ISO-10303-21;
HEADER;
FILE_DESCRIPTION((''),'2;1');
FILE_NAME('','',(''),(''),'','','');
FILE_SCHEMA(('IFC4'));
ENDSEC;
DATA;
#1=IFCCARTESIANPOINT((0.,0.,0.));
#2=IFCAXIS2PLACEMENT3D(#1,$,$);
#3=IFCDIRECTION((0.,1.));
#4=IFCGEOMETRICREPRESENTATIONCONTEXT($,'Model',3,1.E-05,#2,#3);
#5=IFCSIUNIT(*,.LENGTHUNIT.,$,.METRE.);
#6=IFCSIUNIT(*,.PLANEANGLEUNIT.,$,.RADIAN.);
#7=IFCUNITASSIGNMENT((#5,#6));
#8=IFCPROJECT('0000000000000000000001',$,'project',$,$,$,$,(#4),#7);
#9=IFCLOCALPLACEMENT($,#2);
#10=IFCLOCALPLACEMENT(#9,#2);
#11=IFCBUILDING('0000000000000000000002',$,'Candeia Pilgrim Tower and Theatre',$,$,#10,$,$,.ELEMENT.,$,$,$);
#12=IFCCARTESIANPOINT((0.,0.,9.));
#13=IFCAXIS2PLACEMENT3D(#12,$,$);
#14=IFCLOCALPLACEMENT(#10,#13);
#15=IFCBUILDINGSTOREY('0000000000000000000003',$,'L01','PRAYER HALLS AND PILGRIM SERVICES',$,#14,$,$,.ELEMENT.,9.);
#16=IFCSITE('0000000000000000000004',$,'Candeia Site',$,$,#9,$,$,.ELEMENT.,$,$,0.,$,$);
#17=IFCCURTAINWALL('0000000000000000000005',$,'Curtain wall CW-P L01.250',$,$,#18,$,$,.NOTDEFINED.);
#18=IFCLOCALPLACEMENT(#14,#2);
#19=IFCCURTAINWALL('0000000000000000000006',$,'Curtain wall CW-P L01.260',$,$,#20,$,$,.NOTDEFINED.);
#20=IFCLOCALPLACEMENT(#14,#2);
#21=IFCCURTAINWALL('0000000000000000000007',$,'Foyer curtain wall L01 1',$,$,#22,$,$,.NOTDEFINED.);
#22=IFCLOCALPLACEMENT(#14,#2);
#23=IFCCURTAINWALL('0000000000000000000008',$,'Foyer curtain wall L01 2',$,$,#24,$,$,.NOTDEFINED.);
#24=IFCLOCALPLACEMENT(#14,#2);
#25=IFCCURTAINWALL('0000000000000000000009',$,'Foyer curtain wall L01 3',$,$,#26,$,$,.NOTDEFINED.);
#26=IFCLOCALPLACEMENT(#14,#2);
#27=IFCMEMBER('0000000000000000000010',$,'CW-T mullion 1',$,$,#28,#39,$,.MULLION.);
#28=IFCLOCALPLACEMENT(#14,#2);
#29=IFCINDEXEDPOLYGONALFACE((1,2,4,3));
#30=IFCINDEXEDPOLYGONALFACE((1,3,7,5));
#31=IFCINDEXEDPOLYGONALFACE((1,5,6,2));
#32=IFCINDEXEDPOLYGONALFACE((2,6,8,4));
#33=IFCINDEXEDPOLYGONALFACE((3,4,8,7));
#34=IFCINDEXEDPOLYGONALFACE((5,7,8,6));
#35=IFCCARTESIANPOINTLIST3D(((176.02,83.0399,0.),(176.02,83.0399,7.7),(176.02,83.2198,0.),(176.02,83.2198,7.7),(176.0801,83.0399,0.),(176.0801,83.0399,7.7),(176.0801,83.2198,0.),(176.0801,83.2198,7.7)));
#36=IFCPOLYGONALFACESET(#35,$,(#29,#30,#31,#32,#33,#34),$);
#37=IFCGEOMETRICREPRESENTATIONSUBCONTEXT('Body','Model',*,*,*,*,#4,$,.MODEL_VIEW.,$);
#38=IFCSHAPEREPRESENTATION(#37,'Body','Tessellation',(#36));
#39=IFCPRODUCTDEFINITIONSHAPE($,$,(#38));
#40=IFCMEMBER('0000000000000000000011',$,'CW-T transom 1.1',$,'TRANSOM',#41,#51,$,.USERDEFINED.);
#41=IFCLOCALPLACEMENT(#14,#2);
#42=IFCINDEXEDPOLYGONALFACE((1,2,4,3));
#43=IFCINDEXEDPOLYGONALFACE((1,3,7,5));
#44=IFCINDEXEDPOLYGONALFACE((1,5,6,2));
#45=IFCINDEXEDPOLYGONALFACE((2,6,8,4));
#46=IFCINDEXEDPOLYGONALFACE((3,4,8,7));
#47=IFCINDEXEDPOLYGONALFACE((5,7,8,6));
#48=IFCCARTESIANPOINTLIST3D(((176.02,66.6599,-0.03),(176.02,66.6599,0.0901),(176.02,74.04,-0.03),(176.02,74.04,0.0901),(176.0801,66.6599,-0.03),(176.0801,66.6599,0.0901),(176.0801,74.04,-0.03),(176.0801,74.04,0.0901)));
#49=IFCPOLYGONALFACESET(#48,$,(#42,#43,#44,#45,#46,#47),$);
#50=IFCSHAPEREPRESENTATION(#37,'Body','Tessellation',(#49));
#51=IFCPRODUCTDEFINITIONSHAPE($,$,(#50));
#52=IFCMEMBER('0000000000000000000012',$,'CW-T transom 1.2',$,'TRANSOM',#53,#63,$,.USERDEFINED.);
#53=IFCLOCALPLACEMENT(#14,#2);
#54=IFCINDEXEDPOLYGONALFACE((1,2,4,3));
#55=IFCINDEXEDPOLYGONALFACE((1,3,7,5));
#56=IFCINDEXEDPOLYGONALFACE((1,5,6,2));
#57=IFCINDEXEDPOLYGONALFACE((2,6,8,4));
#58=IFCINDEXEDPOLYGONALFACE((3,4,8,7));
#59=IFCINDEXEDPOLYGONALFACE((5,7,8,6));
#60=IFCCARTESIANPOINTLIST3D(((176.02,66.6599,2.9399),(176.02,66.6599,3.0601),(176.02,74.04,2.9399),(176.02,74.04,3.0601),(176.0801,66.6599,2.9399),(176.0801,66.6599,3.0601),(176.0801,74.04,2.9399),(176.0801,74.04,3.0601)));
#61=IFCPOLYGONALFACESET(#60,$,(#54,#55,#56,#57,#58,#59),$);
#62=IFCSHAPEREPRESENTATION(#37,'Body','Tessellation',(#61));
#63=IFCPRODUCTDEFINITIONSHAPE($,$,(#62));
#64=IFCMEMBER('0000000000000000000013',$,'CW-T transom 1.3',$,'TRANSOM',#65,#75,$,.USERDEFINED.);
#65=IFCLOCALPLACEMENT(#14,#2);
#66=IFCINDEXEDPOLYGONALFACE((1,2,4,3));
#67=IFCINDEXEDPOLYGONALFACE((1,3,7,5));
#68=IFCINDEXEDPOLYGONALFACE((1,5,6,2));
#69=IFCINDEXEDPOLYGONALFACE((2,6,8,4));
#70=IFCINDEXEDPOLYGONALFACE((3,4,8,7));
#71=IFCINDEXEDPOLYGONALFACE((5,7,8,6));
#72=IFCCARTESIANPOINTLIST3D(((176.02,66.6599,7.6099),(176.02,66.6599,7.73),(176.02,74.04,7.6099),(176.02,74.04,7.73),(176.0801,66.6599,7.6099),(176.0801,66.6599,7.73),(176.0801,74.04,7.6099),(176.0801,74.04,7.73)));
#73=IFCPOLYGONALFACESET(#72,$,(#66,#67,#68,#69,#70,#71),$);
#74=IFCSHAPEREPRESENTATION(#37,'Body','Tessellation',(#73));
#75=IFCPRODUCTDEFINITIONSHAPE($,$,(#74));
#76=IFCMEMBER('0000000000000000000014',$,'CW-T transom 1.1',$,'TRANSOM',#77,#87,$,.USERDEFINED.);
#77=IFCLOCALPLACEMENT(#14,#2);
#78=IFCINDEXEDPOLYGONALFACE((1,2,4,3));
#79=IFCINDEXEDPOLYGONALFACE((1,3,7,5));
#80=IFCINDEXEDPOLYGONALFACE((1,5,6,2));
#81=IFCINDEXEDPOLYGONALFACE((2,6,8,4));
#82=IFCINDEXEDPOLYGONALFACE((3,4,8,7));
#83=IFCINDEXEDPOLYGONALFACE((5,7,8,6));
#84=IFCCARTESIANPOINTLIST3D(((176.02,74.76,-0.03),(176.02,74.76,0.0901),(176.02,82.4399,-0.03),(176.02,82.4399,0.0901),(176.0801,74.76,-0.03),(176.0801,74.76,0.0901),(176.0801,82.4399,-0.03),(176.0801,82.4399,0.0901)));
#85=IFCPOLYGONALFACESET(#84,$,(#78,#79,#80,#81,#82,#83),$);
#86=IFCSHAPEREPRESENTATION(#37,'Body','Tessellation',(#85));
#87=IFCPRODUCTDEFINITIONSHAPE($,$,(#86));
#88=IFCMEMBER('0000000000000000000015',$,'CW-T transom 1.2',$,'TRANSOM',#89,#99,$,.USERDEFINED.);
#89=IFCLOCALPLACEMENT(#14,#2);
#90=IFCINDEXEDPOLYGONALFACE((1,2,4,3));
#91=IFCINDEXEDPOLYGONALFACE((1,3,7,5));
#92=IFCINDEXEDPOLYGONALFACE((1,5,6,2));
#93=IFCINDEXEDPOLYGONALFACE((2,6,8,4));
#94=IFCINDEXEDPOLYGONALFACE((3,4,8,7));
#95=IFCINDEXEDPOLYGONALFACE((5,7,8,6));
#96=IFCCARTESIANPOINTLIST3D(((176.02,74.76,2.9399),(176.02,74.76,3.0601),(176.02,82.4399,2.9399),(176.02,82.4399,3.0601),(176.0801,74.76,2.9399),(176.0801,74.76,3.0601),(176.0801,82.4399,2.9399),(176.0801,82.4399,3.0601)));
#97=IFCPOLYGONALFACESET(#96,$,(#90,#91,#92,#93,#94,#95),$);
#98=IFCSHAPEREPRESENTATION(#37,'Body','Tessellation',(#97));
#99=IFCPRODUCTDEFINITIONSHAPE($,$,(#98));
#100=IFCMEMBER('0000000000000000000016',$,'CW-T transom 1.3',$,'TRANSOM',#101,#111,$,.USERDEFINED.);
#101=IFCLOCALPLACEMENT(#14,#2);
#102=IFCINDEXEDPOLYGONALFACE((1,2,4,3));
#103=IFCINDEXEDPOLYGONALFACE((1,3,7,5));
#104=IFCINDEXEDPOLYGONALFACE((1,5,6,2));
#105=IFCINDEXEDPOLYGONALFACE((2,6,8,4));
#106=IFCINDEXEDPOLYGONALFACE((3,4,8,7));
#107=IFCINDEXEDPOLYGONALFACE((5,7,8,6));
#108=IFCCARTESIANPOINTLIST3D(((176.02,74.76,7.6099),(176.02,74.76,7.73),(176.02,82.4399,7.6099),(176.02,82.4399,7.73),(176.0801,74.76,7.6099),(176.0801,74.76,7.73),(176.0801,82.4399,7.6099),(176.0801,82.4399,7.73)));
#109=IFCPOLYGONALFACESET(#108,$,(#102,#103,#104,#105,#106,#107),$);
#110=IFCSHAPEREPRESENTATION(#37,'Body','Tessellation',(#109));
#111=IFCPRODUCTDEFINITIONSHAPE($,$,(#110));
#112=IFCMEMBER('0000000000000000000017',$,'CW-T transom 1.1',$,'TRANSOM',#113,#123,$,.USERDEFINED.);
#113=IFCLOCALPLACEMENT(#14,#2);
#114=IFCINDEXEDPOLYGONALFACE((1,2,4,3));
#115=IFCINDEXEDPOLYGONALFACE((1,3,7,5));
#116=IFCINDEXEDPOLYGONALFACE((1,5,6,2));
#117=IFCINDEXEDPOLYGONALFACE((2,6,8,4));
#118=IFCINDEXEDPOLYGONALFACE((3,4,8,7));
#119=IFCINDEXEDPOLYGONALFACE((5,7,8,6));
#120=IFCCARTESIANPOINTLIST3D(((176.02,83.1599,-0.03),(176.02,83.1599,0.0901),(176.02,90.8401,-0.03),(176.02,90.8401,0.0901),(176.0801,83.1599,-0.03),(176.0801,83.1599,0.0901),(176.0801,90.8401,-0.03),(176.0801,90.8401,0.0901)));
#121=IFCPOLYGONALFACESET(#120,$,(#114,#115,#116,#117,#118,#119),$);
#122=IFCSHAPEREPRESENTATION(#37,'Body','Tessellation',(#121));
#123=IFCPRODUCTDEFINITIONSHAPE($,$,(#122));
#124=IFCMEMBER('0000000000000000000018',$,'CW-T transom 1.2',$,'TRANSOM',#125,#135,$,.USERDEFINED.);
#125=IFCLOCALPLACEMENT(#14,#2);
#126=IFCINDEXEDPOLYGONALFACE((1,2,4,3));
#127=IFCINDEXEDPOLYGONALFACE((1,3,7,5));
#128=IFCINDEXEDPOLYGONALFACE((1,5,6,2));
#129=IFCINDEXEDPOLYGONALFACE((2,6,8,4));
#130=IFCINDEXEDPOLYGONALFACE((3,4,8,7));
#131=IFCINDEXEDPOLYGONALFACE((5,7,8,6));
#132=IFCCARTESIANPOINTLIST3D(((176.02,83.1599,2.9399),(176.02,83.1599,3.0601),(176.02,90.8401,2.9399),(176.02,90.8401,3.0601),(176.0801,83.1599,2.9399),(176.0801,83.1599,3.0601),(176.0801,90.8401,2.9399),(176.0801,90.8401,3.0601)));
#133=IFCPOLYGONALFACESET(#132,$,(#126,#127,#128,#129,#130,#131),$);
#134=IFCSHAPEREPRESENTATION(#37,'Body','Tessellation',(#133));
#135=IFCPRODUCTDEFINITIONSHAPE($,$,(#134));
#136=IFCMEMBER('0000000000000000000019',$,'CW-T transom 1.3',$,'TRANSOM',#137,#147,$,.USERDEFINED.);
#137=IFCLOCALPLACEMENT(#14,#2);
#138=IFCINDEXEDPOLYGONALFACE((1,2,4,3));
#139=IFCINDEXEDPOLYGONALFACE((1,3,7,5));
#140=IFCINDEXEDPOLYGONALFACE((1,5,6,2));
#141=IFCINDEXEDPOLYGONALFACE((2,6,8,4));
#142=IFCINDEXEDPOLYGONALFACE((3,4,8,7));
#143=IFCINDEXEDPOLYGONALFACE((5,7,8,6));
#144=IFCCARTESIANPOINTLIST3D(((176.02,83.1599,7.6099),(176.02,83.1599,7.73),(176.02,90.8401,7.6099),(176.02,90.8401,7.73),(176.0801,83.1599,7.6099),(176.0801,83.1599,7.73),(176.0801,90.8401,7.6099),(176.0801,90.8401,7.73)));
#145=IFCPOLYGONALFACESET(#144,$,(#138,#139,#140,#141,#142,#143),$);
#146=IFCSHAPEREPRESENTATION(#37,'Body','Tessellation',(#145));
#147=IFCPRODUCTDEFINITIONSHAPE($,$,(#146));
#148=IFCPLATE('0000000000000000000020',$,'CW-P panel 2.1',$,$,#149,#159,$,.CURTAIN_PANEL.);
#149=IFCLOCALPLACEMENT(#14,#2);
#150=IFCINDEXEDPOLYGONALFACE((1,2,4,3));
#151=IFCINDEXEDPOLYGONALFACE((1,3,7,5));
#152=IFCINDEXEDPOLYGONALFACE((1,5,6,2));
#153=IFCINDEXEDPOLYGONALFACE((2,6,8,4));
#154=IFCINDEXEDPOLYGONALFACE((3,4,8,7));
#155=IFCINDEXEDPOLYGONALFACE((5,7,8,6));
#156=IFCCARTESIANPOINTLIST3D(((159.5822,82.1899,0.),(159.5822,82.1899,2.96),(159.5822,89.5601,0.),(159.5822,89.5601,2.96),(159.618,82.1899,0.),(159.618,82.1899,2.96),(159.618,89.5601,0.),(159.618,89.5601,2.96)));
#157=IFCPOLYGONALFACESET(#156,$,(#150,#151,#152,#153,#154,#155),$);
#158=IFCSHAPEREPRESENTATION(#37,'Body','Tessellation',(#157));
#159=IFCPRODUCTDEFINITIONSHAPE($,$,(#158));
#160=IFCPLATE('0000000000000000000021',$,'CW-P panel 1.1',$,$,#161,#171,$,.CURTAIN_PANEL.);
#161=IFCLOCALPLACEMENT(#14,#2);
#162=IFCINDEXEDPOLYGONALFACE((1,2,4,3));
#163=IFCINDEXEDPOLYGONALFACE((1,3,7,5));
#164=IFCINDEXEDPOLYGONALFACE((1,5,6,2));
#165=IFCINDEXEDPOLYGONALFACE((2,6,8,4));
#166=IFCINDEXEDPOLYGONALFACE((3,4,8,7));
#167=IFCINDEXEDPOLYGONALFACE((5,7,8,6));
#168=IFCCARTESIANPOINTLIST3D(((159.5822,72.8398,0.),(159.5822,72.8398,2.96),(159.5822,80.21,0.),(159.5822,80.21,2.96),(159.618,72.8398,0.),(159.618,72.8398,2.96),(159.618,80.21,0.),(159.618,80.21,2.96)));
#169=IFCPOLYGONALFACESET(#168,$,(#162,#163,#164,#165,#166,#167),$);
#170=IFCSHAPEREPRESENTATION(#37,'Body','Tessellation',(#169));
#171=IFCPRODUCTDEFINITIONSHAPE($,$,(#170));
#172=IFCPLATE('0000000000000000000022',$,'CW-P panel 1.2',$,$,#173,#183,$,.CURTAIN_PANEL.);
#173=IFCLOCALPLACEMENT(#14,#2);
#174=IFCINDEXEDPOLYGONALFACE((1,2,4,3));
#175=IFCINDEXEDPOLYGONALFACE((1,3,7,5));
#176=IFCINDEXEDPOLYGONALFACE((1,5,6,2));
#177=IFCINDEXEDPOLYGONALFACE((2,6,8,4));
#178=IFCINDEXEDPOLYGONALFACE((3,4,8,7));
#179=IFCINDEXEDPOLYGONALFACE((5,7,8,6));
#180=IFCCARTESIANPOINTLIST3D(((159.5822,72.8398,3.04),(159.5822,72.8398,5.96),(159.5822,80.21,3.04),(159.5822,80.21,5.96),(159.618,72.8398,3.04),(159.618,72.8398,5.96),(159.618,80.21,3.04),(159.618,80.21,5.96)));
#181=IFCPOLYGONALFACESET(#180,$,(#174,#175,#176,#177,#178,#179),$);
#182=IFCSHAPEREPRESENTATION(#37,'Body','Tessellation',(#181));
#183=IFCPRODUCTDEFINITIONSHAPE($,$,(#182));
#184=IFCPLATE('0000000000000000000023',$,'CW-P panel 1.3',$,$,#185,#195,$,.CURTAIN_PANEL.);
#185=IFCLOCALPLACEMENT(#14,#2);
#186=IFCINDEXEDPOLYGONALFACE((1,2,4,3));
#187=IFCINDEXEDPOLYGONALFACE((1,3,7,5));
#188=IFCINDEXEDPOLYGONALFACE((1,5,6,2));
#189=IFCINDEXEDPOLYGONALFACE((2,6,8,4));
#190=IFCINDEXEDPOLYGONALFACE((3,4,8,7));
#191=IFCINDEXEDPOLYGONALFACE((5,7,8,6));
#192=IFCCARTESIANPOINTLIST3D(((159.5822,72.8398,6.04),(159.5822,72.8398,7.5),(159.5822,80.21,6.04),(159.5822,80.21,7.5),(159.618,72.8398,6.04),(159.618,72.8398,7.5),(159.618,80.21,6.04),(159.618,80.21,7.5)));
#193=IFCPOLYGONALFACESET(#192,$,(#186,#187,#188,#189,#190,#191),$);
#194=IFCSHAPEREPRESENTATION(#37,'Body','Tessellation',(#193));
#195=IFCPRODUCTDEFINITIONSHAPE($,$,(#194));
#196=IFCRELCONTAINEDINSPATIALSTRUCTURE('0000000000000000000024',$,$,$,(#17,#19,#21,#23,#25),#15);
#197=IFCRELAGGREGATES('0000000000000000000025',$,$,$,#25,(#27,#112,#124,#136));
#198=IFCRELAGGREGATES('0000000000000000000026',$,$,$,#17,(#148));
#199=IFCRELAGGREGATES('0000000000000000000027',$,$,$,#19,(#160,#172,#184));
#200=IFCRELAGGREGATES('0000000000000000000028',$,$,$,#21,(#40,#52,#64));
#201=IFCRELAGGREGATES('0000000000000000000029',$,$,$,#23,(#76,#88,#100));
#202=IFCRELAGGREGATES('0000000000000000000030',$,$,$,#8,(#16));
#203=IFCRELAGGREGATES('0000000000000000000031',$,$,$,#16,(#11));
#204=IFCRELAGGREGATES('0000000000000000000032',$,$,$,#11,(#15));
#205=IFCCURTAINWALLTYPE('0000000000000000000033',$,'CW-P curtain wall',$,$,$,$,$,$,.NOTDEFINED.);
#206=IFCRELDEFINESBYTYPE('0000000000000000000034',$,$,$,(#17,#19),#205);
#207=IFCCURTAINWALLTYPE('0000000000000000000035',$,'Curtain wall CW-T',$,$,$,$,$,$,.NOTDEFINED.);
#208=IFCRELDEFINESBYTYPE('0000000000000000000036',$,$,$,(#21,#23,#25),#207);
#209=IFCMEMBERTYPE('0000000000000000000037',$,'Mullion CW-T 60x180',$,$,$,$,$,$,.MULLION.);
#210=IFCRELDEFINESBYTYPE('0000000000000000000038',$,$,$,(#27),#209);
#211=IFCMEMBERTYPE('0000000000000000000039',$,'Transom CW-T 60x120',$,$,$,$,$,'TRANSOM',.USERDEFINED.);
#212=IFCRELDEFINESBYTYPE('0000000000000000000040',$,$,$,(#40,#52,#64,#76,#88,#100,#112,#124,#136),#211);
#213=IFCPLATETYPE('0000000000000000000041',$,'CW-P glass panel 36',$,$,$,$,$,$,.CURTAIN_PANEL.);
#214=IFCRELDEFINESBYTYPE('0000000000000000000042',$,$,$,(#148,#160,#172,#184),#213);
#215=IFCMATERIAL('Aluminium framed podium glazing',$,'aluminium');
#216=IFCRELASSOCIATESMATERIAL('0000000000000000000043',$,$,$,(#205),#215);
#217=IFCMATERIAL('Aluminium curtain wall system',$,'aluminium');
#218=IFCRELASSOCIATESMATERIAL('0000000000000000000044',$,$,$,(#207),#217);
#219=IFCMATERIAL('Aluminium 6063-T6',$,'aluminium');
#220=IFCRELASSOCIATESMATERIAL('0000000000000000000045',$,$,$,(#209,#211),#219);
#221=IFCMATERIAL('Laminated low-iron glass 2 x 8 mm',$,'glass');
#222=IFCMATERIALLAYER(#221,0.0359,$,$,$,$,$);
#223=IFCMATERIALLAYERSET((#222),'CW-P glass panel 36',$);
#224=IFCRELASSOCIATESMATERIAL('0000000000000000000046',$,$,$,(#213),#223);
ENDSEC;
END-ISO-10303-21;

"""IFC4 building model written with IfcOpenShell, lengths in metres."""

from ifc_helpers import new_model, si_unit, direction, frame, origin, origin_2d, place, context, subcontext, project, spatial, rectangle, extrude, material, layer, layer_set, material_profile, profile_set, type_object, element, aggregate, save


model = new_model("IFC4")

# Units and contexts
model_context = context("Model", 3, precision=1e-05, world=origin(), true_north=direction((0.0, 1.0)))
body_context = subcontext(model_context, "Body", "Model", "MODEL_VIEW")
ifc_project = project(units=[si_unit("LENGTHUNIT", "METRE"), si_unit("PLANEANGLEUNIT", "RADIAN")], contexts=[model_context])

# Site, building, storey
site_placement = place(None, origin())
site = spatial("IfcSite", under=ifc_project, at=site_placement, Name="Candeia Site", CompositionType="ELEMENT", RefElevation=0.0)
building_placement = place(site_placement, origin())
building = spatial("IfcBuilding", under=site, at=building_placement, Name="Candeia Pilgrim Tower and Theatre", CompositionType="ELEMENT")
storey_placement = place(building_placement, frame((0.0, 0.0, 9.0)))
storey = spatial("IfcBuildingStorey", under=building, at=storey_placement, Name="L01", Description="PRAYER HALLS AND PILGRIM SERVICES", CompositionType="ELEMENT", Elevation=9.0)

# Curtain wall
ifc_material_1 = material(Name="Aluminium framed podium glazing", Category="aluminium")
curtain_wall_type_1 = type_object("IfcCurtainWallType", Name="CW-P curtain wall", PredefinedType="NOTDEFINED", material=ifc_material_1)
curtain_wall_1_placement = place(storey_placement, origin())
curtain_wall_1 = element("IfcCurtainWall", 1, at=curtain_wall_1_placement, inside=storey, type_object=curtain_wall_type_1, Name="Curtain wall CW-P L01.250", PredefinedType="NOTDEFINED")

# Curtain walls
curtain_wall_2_placement = place(storey_placement, origin())
curtain_wall_2 = element("IfcCurtainWall", 2, at=curtain_wall_2_placement, inside=storey, type_object=curtain_wall_type_1, Name="Curtain wall CW-P L01.260", PredefinedType="NOTDEFINED")
ifc_material_2 = material(Name="Aluminium curtain wall system", Category="aluminium")
curtain_wall_type_2 = type_object("IfcCurtainWallType", Name="Curtain wall CW-T", PredefinedType="NOTDEFINED", material=ifc_material_2)
curtain_wall_3_placement = place(storey_placement, origin())
curtain_wall_3 = element("IfcCurtainWall", 3, at=curtain_wall_3_placement, inside=storey, type_object=curtain_wall_type_2, Name="Foyer curtain wall L01 1", PredefinedType="NOTDEFINED")
ifc_material_3 = material(Name="Aluminium 6063-T6", Category="aluminium")
ifc_material_profile_1 = material_profile(ifc_material_3, rectangle(XDim=0.0601, YDim=0.1799, at=origin_2d()))
ifc_profile_set_1 = profile_set([ifc_material_profile_1], Name="Aluminium 6063-T6")
member_type_1 = type_object("IfcMemberType", Name="Mullion CW-T 60x180", PredefinedType="MULLION", material=ifc_profile_set_1)
curtain_wall_4_placement = place(storey_placement, origin())
curtain_wall_4 = element("IfcCurtainWall", 4, at=curtain_wall_4_placement, inside=storey, type_object=curtain_wall_type_2, Name="Foyer curtain wall L01 2", PredefinedType="NOTDEFINED")

# Curtain wall, member
curtain_wall_5_placement = place(storey_placement, origin())
curtain_wall_5 = element("IfcCurtainWall", 5, at=curtain_wall_5_placement, inside=storey, type_object=curtain_wall_type_2, Name="Foyer curtain wall L01 3", PredefinedType="NOTDEFINED")
member_1_placement = place(storey_placement, frame((176.05, 83.1299, 0.0), z_axis=(0.0, 0.0, 1.0), x_axis=(-1.0, 0.0, 0.0)))
member_1 = element("IfcMember", 6, at=member_1_placement, type_object=member_type_1, Name="CW-T mullion 1", PredefinedType="MULLION", context=body_context, shape_type="SweptSolid", body=[
    extrude(rectangle(XDim=0.0601, YDim=0.1799, at=origin_2d()), origin(), (0.0, 0.0, 1.0), 7.7),
])

# Members
ifc_material_profile_2 = material_profile(ifc_material_3, rectangle(XDim=0.0601, YDim=0.1201, at=origin_2d()))
ifc_profile_set_2 = profile_set([ifc_material_profile_2], Name="Aluminium 6063-T6")
member_type_2 = type_object("IfcMemberType", Name="Transom CW-T 60x120", ElementType="TRANSOM", PredefinedType="USERDEFINED", material=ifc_profile_set_2)
member_2_placement = place(storey_placement, frame((176.05, 66.6599, 0.03), z_axis=(0.0, 1.0, 0.0), x_axis=(-1.0, 0.0, 0.0)))
member_2 = element("IfcMember", 7, at=member_2_placement, type_object=member_type_2, Name="CW-T transom 1.1", ObjectType="TRANSOM", PredefinedType="USERDEFINED", context=body_context, shape_type="SweptSolid", body=[
    extrude(rectangle(XDim=0.0601, YDim=0.1201, at=origin_2d()), origin(), (0.0, 0.0, 1.0), 7.3801),
])
member_3_placement = place(storey_placement, frame((176.05, 66.6599, 3.0), z_axis=(0.0, 1.0, 0.0), x_axis=(-1.0, 0.0, 0.0)))
member_3 = element("IfcMember", 8, at=member_3_placement, type_object=member_type_2, Name="CW-T transom 1.2", ObjectType="TRANSOM", PredefinedType="USERDEFINED", context=body_context, shape_type="SweptSolid", body=[
    extrude(rectangle(XDim=0.0601, YDim=0.1201, at=origin_2d()), origin(), (0.0, 0.0, 1.0), 7.3801),
])
member_4_placement = place(storey_placement, frame((176.05, 66.6599, 7.6699), z_axis=(0.0, 1.0, 0.0), x_axis=(-1.0, 0.0, 0.0)))
member_4 = element("IfcMember", 9, at=member_4_placement, type_object=member_type_2, Name="CW-T transom 1.3", ObjectType="TRANSOM", PredefinedType="USERDEFINED", context=body_context, shape_type="SweptSolid", body=[
    extrude(rectangle(XDim=0.0601, YDim=0.1201, at=origin_2d()), origin(), (0.0, 0.0, 1.0), 7.3801),
])
member_5_placement = place(storey_placement, frame((176.05, 74.76, 0.03), z_axis=(0.0, 1.0, 0.0), x_axis=(-1.0, 0.0, 0.0)))
member_5 = element("IfcMember", 10, at=member_5_placement, type_object=member_type_2, Name="CW-T transom 1.1", ObjectType="TRANSOM", PredefinedType="USERDEFINED", context=body_context, shape_type="SweptSolid", body=[
    extrude(rectangle(XDim=0.0601, YDim=0.1201, at=origin_2d()), origin(), (0.0, 0.0, 1.0), 7.6799),
])
member_6_placement = place(storey_placement, frame((176.05, 74.76, 3.0), z_axis=(0.0, 1.0, 0.0), x_axis=(-1.0, 0.0, 0.0)))
member_6 = element("IfcMember", 11, at=member_6_placement, type_object=member_type_2, Name="CW-T transom 1.2", ObjectType="TRANSOM", PredefinedType="USERDEFINED", context=body_context, shape_type="SweptSolid", body=[
    extrude(rectangle(XDim=0.0601, YDim=0.1201, at=origin_2d()), origin(), (0.0, 0.0, 1.0), 7.6799),
])
member_7_placement = place(storey_placement, frame((176.05, 74.76, 7.6699), z_axis=(0.0, 1.0, 0.0), x_axis=(-1.0, 0.0, 0.0)))
member_7 = element("IfcMember", 12, at=member_7_placement, type_object=member_type_2, Name="CW-T transom 1.3", ObjectType="TRANSOM", PredefinedType="USERDEFINED", context=body_context, shape_type="SweptSolid", body=[
    extrude(rectangle(XDim=0.0601, YDim=0.1201, at=origin_2d()), origin(), (0.0, 0.0, 1.0), 7.6799),
])
member_8_placement = place(storey_placement, frame((176.05, 83.1599, 0.03), z_axis=(0.0, 1.0, 0.0), x_axis=(-1.0, 0.0, 0.0)))
member_8 = element("IfcMember", 13, at=member_8_placement, type_object=member_type_2, Name="CW-T transom 1.1", ObjectType="TRANSOM", PredefinedType="USERDEFINED", context=body_context, shape_type="SweptSolid", body=[
    extrude(rectangle(XDim=0.0601, YDim=0.1201, at=origin_2d()), origin(), (0.0, 0.0, 1.0), 7.6802),
])
member_9_placement = place(storey_placement, frame((176.05, 83.1599, 3.0), z_axis=(0.0, 1.0, 0.0), x_axis=(-1.0, 0.0, 0.0)))
member_9 = element("IfcMember", 14, at=member_9_placement, type_object=member_type_2, Name="CW-T transom 1.2", ObjectType="TRANSOM", PredefinedType="USERDEFINED", context=body_context, shape_type="SweptSolid", body=[
    extrude(rectangle(XDim=0.0601, YDim=0.1201, at=origin_2d()), origin(), (0.0, 0.0, 1.0), 7.6802),
])
member_10_placement = place(storey_placement, frame((176.05, 83.1599, 7.6699), z_axis=(0.0, 1.0, 0.0), x_axis=(-1.0, 0.0, 0.0)))
member_10 = element("IfcMember", 15, at=member_10_placement, type_object=member_type_2, Name="CW-T transom 1.3", ObjectType="TRANSOM", PredefinedType="USERDEFINED", context=body_context, shape_type="SweptSolid", body=[
    extrude(rectangle(XDim=0.0601, YDim=0.1201, at=origin_2d()), origin(), (0.0, 0.0, 1.0), 7.6802),
])
aggregate(curtain_wall_5, [member_1, member_8, member_9, member_10])

# Plates
ifc_material_4 = material(Name="Laminated low-iron glass 2 x 8 mm", Category="glass")
ifc_layer_1 = layer(ifc_material_4, 0.0359)
ifc_layer_set_1 = layer_set([ifc_layer_1], Name="CW-P glass panel 36")
plate_type_1 = type_object("IfcPlateType", Name="CW-P glass panel 36", PredefinedType="CURTAIN_PANEL", material=ifc_layer_set_1)
plate_1_placement = place(storey_placement, frame((159.6001, 85.875, 0.0), z_axis=(0.0, 0.0, 1.0), x_axis=(0.0, -1.0, 0.0)))
plate_1 = element("IfcPlate", 16, at=plate_1_placement, type_object=plate_type_1, Name="CW-P panel 2.1", PredefinedType="CURTAIN_PANEL", context=body_context, shape_type="SweptSolid", body=[
    extrude(rectangle(XDim=7.3701, YDim=0.0359, at=origin_2d()), origin(), (0.0, 0.0, 1.0), 2.96),
])
aggregate(curtain_wall_1, [plate_1])
plate_2_placement = place(storey_placement, frame((159.6001, 76.5249, 0.0), z_axis=(0.0, 0.0, 1.0), x_axis=(0.0, -1.0, 0.0)))
plate_2 = element("IfcPlate", 17, at=plate_2_placement, type_object=plate_type_1, Name="CW-P panel 1.1", PredefinedType="CURTAIN_PANEL", context=body_context, shape_type="SweptSolid", body=[
    extrude(rectangle(XDim=7.3701, YDim=0.0359, at=origin_2d()), origin(), (0.0, 0.0, 1.0), 2.96),
])
plate_3_placement = place(storey_placement, frame((159.6001, 76.5249, 3.04), z_axis=(0.0, 0.0, 1.0), x_axis=(0.0, -1.0, 0.0)))
plate_3 = element("IfcPlate", 18, at=plate_3_placement, type_object=plate_type_1, Name="CW-P panel 1.2", PredefinedType="CURTAIN_PANEL", context=body_context, shape_type="SweptSolid", body=[
    extrude(rectangle(XDim=7.3701, YDim=0.0359, at=origin_2d()), origin(), (0.0, 0.0, 1.0), 2.9199),
])
plate_4_placement = place(storey_placement, frame((159.6001, 76.5249, 6.04), z_axis=(0.0, 0.0, 1.0), x_axis=(0.0, -1.0, 0.0)))
plate_4 = element("IfcPlate", 19, at=plate_4_placement, type_object=plate_type_1, Name="CW-P panel 1.3", PredefinedType="CURTAIN_PANEL", context=body_context, shape_type="SweptSolid", body=[
    extrude(rectangle(XDim=7.3701, YDim=0.0359, at=origin_2d()), origin(), (0.0, 0.0, 1.0), 1.46),
])
aggregate(curtain_wall_2, [plate_2, plate_3, plate_4])
aggregate(curtain_wall_3, [member_2, member_3, member_4])
aggregate(curtain_wall_4, [member_5, member_6, member_7])

save(model, "model.ifc")
